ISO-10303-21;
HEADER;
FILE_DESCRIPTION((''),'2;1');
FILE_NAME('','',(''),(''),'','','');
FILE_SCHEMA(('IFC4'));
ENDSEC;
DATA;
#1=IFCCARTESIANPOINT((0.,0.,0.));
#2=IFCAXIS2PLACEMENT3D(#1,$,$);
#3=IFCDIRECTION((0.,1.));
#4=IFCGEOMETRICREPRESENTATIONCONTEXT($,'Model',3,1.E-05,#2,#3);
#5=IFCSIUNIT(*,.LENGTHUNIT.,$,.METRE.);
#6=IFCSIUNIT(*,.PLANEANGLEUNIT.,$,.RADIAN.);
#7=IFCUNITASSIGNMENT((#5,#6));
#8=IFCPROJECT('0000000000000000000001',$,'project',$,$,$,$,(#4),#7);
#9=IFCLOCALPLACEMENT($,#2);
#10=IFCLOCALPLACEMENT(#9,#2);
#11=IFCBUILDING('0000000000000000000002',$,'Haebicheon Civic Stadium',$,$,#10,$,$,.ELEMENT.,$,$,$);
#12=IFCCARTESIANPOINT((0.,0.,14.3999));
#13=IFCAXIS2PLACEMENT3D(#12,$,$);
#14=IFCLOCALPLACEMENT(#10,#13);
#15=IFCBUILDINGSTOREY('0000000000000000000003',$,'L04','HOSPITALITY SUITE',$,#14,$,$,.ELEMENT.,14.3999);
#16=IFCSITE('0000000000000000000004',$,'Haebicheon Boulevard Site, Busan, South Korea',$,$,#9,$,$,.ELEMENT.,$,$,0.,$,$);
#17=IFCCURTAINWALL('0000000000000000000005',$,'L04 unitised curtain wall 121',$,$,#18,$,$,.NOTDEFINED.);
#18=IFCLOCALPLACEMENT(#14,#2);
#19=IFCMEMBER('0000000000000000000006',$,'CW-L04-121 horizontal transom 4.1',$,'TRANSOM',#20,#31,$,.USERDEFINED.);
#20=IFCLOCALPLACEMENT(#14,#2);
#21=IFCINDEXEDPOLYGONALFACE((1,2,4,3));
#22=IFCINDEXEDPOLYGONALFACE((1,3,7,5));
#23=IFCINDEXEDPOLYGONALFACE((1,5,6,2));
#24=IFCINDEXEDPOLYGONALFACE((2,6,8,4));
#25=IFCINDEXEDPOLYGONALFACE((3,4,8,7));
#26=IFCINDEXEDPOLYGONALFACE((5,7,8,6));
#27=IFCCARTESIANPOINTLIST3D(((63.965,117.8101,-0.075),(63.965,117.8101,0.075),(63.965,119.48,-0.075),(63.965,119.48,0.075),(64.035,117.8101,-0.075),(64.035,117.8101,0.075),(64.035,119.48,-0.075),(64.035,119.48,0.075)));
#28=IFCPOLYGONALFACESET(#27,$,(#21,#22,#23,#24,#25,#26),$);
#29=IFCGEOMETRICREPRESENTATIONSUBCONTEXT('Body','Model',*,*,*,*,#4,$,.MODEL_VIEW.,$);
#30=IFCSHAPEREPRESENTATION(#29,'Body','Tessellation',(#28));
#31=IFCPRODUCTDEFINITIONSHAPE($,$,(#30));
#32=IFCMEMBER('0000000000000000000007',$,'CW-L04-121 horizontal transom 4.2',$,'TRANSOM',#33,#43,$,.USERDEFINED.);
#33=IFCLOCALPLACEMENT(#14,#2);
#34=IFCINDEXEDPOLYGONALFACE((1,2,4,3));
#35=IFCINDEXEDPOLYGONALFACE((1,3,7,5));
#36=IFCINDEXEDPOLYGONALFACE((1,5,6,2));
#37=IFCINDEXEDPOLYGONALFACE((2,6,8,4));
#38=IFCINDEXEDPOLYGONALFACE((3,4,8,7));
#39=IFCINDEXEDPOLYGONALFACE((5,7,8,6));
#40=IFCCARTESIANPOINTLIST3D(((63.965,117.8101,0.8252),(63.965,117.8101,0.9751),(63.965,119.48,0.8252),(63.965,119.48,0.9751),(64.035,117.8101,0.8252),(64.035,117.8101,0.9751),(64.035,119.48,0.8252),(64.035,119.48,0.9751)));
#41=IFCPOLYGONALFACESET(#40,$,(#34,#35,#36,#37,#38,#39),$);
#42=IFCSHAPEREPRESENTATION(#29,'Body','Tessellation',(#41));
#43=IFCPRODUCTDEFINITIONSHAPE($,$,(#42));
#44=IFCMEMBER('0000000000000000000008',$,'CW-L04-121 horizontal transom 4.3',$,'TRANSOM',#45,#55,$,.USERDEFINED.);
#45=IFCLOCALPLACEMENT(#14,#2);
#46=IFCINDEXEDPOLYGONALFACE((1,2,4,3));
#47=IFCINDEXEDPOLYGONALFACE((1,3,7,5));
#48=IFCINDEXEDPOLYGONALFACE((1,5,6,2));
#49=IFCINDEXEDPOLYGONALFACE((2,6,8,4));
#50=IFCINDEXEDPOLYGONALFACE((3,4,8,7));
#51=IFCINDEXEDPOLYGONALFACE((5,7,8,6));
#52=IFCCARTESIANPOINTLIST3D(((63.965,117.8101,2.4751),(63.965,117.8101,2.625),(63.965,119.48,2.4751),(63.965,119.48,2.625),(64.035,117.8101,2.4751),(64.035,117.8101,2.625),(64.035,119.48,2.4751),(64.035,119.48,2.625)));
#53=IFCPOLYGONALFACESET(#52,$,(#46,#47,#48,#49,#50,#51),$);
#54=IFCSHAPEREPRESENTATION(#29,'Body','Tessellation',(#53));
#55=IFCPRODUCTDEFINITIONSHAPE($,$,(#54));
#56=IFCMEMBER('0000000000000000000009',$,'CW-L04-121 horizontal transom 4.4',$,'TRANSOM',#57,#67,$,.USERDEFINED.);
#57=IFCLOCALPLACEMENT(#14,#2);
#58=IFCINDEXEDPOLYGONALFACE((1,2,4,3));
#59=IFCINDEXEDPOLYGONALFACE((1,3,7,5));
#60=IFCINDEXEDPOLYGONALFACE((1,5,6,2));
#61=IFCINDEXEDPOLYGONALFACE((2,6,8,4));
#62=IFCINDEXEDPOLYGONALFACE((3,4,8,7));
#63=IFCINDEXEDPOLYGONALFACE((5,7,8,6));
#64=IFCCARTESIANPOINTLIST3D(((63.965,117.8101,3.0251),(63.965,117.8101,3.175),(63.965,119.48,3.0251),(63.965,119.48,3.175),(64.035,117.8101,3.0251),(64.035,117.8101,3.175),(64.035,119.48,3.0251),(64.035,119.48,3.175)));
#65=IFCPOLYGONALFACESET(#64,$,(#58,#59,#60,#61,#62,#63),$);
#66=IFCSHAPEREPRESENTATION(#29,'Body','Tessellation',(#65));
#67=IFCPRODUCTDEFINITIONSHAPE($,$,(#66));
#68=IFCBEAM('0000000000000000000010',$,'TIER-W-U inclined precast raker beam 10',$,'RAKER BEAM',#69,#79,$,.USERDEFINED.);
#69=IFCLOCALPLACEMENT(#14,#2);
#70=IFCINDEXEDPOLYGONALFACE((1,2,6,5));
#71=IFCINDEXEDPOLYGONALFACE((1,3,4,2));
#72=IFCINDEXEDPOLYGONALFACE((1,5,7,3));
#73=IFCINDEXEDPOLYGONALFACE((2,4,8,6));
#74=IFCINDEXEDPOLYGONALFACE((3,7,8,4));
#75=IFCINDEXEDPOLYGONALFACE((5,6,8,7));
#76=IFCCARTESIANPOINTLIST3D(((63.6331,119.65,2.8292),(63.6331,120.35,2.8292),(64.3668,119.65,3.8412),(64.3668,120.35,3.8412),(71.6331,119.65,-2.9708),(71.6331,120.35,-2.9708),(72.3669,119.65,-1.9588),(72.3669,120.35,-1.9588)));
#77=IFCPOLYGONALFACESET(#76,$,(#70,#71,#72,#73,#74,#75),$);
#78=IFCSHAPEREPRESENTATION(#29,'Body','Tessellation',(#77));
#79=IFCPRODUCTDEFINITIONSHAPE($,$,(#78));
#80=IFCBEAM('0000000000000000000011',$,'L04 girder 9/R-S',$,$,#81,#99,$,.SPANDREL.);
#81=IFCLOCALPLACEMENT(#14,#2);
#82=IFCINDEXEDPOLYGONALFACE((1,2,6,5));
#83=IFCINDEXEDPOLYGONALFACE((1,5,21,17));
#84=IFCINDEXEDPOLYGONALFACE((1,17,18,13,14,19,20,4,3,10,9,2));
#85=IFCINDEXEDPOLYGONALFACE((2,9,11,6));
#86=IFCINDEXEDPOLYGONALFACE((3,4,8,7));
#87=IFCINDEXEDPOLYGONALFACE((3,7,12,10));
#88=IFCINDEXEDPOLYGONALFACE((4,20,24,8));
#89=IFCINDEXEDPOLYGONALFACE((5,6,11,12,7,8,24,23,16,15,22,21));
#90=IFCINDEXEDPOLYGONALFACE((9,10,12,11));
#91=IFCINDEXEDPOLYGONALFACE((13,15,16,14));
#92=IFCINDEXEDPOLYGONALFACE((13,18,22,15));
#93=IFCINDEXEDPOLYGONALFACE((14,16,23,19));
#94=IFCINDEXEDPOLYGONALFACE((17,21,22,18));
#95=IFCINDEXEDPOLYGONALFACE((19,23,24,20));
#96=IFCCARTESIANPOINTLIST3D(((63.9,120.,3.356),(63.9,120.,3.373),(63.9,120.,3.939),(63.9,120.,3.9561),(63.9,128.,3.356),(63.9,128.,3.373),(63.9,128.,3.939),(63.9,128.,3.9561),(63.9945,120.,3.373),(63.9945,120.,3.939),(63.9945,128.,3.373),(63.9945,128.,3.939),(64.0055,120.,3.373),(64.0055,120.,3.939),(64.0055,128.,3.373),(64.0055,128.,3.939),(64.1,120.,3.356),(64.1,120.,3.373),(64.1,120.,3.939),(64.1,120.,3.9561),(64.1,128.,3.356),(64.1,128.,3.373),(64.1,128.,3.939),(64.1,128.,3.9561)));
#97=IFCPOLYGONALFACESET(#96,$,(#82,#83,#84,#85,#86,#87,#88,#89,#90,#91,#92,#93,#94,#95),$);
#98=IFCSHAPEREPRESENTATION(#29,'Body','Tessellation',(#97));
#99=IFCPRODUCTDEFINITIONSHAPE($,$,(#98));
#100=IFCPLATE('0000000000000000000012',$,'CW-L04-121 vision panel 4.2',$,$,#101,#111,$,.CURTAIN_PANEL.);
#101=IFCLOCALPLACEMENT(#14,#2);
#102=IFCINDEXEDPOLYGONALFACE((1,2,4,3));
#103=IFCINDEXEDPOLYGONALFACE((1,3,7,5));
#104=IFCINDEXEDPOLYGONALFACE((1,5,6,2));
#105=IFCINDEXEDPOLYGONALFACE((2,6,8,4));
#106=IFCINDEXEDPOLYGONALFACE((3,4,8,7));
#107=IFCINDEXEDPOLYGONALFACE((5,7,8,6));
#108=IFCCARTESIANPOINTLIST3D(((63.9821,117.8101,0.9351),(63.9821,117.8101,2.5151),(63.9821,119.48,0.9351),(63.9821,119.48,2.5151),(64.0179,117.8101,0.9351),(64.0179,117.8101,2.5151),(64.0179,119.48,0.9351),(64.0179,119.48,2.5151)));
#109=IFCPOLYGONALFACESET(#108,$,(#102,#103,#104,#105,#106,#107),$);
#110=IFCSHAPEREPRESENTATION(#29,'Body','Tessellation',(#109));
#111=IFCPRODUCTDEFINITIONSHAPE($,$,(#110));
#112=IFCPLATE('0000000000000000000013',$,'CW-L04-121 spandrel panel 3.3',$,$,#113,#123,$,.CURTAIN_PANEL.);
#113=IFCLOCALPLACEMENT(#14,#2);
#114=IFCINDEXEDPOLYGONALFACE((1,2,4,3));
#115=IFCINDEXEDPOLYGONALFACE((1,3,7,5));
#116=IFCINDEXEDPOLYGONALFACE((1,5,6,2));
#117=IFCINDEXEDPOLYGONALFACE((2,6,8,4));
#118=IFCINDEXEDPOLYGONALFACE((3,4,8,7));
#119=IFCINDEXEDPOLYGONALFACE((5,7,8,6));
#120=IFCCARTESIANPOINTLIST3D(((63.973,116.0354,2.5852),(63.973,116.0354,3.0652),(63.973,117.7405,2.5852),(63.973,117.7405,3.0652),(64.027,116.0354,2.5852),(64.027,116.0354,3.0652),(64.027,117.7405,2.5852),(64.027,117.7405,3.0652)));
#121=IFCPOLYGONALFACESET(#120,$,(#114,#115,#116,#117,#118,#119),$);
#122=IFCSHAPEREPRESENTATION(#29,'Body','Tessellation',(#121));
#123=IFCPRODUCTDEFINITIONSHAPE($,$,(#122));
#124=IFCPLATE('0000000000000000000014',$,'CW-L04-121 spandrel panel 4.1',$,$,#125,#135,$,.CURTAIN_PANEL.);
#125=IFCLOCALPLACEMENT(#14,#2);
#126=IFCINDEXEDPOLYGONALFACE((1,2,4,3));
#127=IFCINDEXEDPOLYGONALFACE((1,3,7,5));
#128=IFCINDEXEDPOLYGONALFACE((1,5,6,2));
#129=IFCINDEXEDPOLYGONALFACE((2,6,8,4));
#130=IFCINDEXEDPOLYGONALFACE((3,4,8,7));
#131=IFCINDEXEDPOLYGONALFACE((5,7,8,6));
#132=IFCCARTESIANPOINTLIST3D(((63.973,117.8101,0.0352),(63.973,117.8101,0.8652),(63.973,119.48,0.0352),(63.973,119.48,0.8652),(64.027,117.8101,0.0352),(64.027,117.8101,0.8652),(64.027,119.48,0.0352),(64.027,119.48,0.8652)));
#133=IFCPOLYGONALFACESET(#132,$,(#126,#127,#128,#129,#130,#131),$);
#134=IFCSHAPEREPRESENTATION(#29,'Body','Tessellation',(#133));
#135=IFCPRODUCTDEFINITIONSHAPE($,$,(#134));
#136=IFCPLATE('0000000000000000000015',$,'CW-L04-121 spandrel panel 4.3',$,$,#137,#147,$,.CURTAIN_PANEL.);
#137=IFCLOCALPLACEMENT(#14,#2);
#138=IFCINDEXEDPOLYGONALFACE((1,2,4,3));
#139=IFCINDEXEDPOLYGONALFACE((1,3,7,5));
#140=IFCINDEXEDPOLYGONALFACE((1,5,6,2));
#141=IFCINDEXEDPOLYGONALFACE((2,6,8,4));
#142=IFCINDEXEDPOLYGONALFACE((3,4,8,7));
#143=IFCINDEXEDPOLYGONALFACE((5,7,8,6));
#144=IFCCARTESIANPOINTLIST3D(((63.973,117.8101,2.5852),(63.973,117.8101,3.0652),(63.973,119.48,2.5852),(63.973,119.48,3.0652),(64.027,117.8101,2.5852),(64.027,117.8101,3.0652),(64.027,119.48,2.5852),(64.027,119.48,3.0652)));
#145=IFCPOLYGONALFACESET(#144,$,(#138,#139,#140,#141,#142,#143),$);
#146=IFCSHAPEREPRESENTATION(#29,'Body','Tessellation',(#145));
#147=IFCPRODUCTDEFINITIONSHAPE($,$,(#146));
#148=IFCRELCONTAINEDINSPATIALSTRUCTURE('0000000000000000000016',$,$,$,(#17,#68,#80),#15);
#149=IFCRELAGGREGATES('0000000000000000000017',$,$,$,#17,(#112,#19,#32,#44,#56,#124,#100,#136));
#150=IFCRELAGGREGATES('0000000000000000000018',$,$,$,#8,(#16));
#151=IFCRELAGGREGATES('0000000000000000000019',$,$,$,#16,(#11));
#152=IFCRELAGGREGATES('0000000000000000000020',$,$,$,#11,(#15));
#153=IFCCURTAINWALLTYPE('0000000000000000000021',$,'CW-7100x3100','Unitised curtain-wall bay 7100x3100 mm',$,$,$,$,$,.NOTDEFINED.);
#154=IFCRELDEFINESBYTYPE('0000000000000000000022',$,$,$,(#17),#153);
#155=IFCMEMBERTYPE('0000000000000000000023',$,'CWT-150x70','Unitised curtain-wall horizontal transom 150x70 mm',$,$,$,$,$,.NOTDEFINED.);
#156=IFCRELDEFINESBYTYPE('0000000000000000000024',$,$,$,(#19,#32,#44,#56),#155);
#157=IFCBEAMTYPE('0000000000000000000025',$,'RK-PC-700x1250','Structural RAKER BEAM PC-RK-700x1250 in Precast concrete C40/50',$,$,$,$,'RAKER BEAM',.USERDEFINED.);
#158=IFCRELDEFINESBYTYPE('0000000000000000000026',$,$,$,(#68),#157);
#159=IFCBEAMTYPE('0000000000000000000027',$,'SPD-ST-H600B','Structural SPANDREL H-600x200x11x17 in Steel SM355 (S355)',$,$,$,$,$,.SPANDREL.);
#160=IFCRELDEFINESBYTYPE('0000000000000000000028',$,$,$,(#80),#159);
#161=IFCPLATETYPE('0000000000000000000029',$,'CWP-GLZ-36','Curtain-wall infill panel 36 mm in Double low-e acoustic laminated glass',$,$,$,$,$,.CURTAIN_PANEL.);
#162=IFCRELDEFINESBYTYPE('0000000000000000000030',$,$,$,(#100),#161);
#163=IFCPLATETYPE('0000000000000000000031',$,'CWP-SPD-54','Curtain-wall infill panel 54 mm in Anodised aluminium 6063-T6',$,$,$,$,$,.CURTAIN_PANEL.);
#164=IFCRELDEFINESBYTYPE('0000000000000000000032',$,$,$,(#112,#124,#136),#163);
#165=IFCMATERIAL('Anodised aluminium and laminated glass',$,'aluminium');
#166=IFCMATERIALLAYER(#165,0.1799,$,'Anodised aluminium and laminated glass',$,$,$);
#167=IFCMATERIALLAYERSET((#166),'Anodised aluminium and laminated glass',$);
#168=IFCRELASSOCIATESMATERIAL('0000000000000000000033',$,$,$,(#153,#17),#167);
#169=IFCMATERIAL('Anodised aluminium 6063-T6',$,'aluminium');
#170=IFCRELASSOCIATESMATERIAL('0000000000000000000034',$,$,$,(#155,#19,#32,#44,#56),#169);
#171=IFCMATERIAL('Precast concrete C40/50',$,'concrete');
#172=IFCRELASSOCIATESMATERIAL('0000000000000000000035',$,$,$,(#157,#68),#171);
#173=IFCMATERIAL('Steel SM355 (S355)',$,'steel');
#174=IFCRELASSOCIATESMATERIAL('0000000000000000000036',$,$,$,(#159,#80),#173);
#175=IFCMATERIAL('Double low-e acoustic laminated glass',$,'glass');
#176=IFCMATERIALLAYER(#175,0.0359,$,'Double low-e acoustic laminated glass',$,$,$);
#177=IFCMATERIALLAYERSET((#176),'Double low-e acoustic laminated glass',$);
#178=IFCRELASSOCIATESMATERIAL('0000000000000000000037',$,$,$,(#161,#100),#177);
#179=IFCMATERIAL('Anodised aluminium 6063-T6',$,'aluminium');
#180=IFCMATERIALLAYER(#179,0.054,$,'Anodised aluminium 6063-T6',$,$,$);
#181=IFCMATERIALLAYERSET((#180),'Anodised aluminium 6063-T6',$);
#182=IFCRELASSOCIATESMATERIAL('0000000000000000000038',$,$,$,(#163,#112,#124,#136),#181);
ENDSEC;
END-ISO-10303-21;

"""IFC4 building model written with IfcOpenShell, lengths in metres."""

from ifc_helpers import new_model, si_unit, direction, frame, origin, origin_2d, place, context, subcontext, project, spatial, rectangle, i_section, extrude, material, layer, layer_set, material_profile, profile_set, type_object, element, aggregate, save


model = new_model("IFC4")

# Units and contexts
model_context = context("Model", 3, precision=1e-05, world=origin(), true_north=direction((0.0, 1.0)))
body_context = subcontext(model_context, "Body", "Model", "MODEL_VIEW")
ifc_project = project(units=[si_unit("LENGTHUNIT", "METRE"), si_unit("PLANEANGLEUNIT", "RADIAN")], contexts=[model_context])

# Site, building, storey
site_placement = place(None, origin())
site = spatial("IfcSite", under=ifc_project, at=site_placement, Name="Haebicheon Boulevard Site, Busan, South Korea", CompositionType="ELEMENT", RefElevation=0.0)
building_placement = place(site_placement, origin())
building = spatial("IfcBuilding", under=site, at=building_placement, Name="Haebicheon Civic Stadium", CompositionType="ELEMENT")
storey_placement = place(building_placement, frame((0.0, 0.0, 14.3999)))
storey = spatial("IfcBuildingStorey", under=building, at=storey_placement, Name="L04", Description="HOSPITALITY SUITE", CompositionType="ELEMENT", Elevation=14.3999)

# Curtain wall, members
ifc_material_1 = material(Name="Anodised aluminium and laminated glass", Category="aluminium")
ifc_layer_1 = layer(ifc_material_1, 0.1799, Name="Anodised aluminium and laminated glass")
ifc_layer_set_1 = layer_set([ifc_layer_1], Name="Anodised aluminium and laminated glass")
curtain_wall_type = type_object("IfcCurtainWallType", Name="CW-7100x3100", Description="Unitised curtain-wall bay 7100x3100 mm", PredefinedType="NOTDEFINED", material=ifc_layer_set_1)
curtain_wall_placement = place(storey_placement, origin())
curtain_wall = element("IfcCurtainWall", 1, at=curtain_wall_placement, inside=storey, type_object=curtain_wall_type, material=ifc_layer_set_1, Name="L04 unitised curtain wall 121", PredefinedType="NOTDEFINED")
ifc_material_2 = material(Name="Anodised aluminium 6063-T6", Category="aluminium")
ifc_material_profile_1 = material_profile(ifc_material_2, rectangle(XDim=0.0701, YDim=0.1499, at=origin_2d()), Name="ALU-TRAN-70x150")
ifc_profile_set_1 = profile_set([ifc_material_profile_1], Name="Anodised aluminium 6063-T6")
member_type_1 = type_object("IfcMemberType", Name="CWT-150x70", Description="Unitised curtain-wall horizontal transom 150x70 mm", PredefinedType="NOTDEFINED", material=ifc_profile_set_1)
member_1_placement = place(storey_placement, frame((64.0, 117.8101, 0.0), z_axis=(0.0, 1.0, 0.0), x_axis=(-1.0, 0.0, 0.0)))
member_1 = element("IfcMember", 2, at=member_1_placement, type_object=member_type_1, material=ifc_profile_set_1, Name="CW-L04-121 horizontal transom 4.1", ObjectType="TRANSOM", PredefinedType="USERDEFINED", context=body_context, shape_type="SweptSolid", body=[
    extrude(rectangle(XDim=0.0701, YDim=0.1499, at=origin_2d()), origin(), (0.0, 0.0, 1.0), 1.6699),
])
member_2_placement = place(storey_placement, frame((64.0, 117.8101, 0.9001), z_axis=(0.0, 1.0, 0.0), x_axis=(-1.0, 0.0, 0.0)))
member_2 = element("IfcMember", 3, at=member_2_placement, type_object=member_type_1, material=ifc_profile_set_1, Name="CW-L04-121 horizontal transom 4.2", ObjectType="TRANSOM", PredefinedType="USERDEFINED", context=body_context, shape_type="SweptSolid", body=[
    extrude(rectangle(XDim=0.0701, YDim=0.1499, at=origin_2d()), origin(), (0.0, 0.0, 1.0), 1.6699),
])
member_3_placement = place(storey_placement, frame((64.0, 117.8101, 2.55), z_axis=(0.0, 1.0, 0.0), x_axis=(-1.0, 0.0, 0.0)))
member_3 = element("IfcMember", 4, at=member_3_placement, type_object=member_type_1, material=ifc_profile_set_1, Name="CW-L04-121 horizontal transom 4.3", ObjectType="TRANSOM", PredefinedType="USERDEFINED", context=body_context, shape_type="SweptSolid", body=[
    extrude(rectangle(XDim=0.0701, YDim=0.1499, at=origin_2d()), origin(), (0.0, 0.0, 1.0), 1.6699),
])
member_4_placement = place(storey_placement, frame((64.0, 117.8101, 3.1001), z_axis=(0.0, 1.0, 0.0), x_axis=(-1.0, 0.0, 0.0)))
member_4 = element("IfcMember", 5, at=member_4_placement, type_object=member_type_1, material=ifc_profile_set_1, Name="CW-L04-121 horizontal transom 4.4", ObjectType="TRANSOM", PredefinedType="USERDEFINED", context=body_context, shape_type="SweptSolid", body=[
    extrude(rectangle(XDim=0.0701, YDim=0.1499, at=origin_2d()), origin(), (0.0, 0.0, 1.0), 1.6699),
])

# Beams
ifc_material_3 = material(Name="Precast concrete C40/50", Category="concrete")
ifc_material_profile_2 = material_profile(ifc_material_3, rectangle(XDim=0.7, YDim=1.25, at=origin_2d()), Name="PC-RK-700x1250")
ifc_profile_set_2 = profile_set([ifc_material_profile_2], Name="Precast concrete C40/50")
beam_type_1 = type_object("IfcBeamType", Name="RK-PC-700x1250", Description="Structural RAKER BEAM PC-RK-700x1250 in Precast concrete C40/50", ElementType="RAKER BEAM", PredefinedType="USERDEFINED", material=ifc_profile_set_2)
beam_1_placement = place(storey_placement, frame((72.0, 120.0, -2.4648), z_axis=(-0.809608, 0.0, 0.586971), x_axis=(0.0, -1.0, 0.0)))
element("IfcBeam", 6, at=beam_1_placement, inside=storey, type_object=beam_type_1, material=ifc_profile_set_2, Name="TIER-W-U inclined precast raker beam 10", ObjectType="RAKER BEAM", PredefinedType="USERDEFINED", context=body_context, shape_type="SweptSolid", body=[
    extrude(rectangle(XDim=0.7, YDim=1.25, at=origin_2d()), origin(), (0.0, 0.0, 1.0), 9.8813),
])
ifc_material_4 = material(Name="Steel SM355 (S355)", Category="steel")
ifc_material_profile_3 = material_profile(ifc_material_4, i_section(OverallWidth=0.2, OverallDepth=0.6001, WebThickness=0.011, FlangeThickness=0.0171, at=origin_2d()), Name="H-600x200x11x17")
ifc_profile_set_3 = profile_set([ifc_material_profile_3], Name="Steel SM355 (S355)")
beam_type_2 = type_object("IfcBeamType", Name="SPD-ST-H600B", Description="Structural SPANDREL H-600x200x11x17 in Steel SM355 (S355)", PredefinedType="SPANDREL", material=ifc_profile_set_3)
beam_2_placement = place(storey_placement, frame((64.0, 120.0, 3.656), z_axis=(0.0, 1.0, 0.0), x_axis=(-1.0, 0.0, 0.0)))
element("IfcBeam", 7, at=beam_2_placement, inside=storey, type_object=beam_type_2, material=ifc_profile_set_3, Name="L04 girder 9/R-S", PredefinedType="SPANDREL", context=body_context, shape_type="SweptSolid", body=[
    extrude(i_section(OverallWidth=0.2, OverallDepth=0.6001, WebThickness=0.011, FlangeThickness=0.0171, at=origin_2d()), origin(), (0.0, 0.0, 1.0), 8.0),
])

# Plates
ifc_material_5 = material(Name="Double low-e acoustic laminated glass", Category="glass")
ifc_layer_2 = layer(ifc_material_5, 0.0359, Name="Double low-e acoustic laminated glass")
ifc_layer_set_2 = layer_set([ifc_layer_2], Name="Double low-e acoustic laminated glass")
plate_type_1 = type_object("IfcPlateType", Name="CWP-GLZ-36", Description="Curtain-wall infill panel 36 mm in Double low-e acoustic laminated glass", PredefinedType="CURTAIN_PANEL", material=ifc_layer_set_2)
plate_1_placement = place(storey_placement, frame((64.0, 118.645, 0.9351), z_axis=(0.0, 0.0, 1.0), x_axis=(0.0, 1.0, 0.0)))
plate_1 = element("IfcPlate", 8, at=plate_1_placement, type_object=plate_type_1, material=ifc_layer_set_2, Name="CW-L04-121 vision panel 4.2", PredefinedType="CURTAIN_PANEL", context=body_context, shape_type="SweptSolid", body=[
    extrude(rectangle(XDim=1.6699, YDim=0.0359, at=origin_2d()), origin(), (0.0, 0.0, 1.0), 1.5801),
])
ifc_material_6 = material(Name="Anodised aluminium 6063-T6", Category="aluminium")
ifc_layer_3 = layer(ifc_material_6, 0.054, Name="Anodised aluminium 6063-T6")
ifc_layer_set_3 = layer_set([ifc_layer_3], Name="Anodised aluminium 6063-T6")
plate_type_2 = type_object("IfcPlateType", Name="CWP-SPD-54", Description="Curtain-wall infill panel 54 mm in Anodised aluminium 6063-T6", PredefinedType="CURTAIN_PANEL", material=ifc_layer_set_3)
plate_2_placement = place(storey_placement, frame((64.0, 116.8879, 2.5852), z_axis=(0.0, 0.0, 1.0), x_axis=(0.0, 1.0, 0.0)))
plate_2 = element("IfcPlate", 9, at=plate_2_placement, type_object=plate_type_2, material=ifc_layer_set_3, Name="CW-L04-121 spandrel panel 3.3", PredefinedType="CURTAIN_PANEL", context=body_context, shape_type="SweptSolid", body=[
    extrude(rectangle(XDim=1.7051, YDim=0.054, at=origin_2d()), origin(), (0.0, 0.0, 1.0), 0.48),
])
plate_3_placement = place(storey_placement, frame((64.0, 118.645, 0.0352), z_axis=(0.0, 0.0, 1.0), x_axis=(0.0, 1.0, 0.0)))
plate_3 = element("IfcPlate", 10, at=plate_3_placement, type_object=plate_type_2, material=ifc_layer_set_3, Name="CW-L04-121 spandrel panel 4.1", PredefinedType="CURTAIN_PANEL", context=body_context, shape_type="SweptSolid", body=[
    extrude(rectangle(XDim=1.6699, YDim=0.054, at=origin_2d()), origin(), (0.0, 0.0, 1.0), 0.8301),
])
plate_4_placement = place(storey_placement, frame((64.0, 118.645, 2.5852), z_axis=(0.0, 0.0, 1.0), x_axis=(0.0, 1.0, 0.0)))
plate_4 = element("IfcPlate", 11, at=plate_4_placement, type_object=plate_type_2, material=ifc_layer_set_3, Name="CW-L04-121 spandrel panel 4.3", PredefinedType="CURTAIN_PANEL", context=body_context, shape_type="SweptSolid", body=[
    extrude(rectangle(XDim=1.6699, YDim=0.054, at=origin_2d()), origin(), (0.0, 0.0, 1.0), 0.48),
])
aggregate(curtain_wall, [plate_2, member_1, member_2, member_3, member_4, plate_3, plate_1, plate_4])

save(model, "model.ifc")
